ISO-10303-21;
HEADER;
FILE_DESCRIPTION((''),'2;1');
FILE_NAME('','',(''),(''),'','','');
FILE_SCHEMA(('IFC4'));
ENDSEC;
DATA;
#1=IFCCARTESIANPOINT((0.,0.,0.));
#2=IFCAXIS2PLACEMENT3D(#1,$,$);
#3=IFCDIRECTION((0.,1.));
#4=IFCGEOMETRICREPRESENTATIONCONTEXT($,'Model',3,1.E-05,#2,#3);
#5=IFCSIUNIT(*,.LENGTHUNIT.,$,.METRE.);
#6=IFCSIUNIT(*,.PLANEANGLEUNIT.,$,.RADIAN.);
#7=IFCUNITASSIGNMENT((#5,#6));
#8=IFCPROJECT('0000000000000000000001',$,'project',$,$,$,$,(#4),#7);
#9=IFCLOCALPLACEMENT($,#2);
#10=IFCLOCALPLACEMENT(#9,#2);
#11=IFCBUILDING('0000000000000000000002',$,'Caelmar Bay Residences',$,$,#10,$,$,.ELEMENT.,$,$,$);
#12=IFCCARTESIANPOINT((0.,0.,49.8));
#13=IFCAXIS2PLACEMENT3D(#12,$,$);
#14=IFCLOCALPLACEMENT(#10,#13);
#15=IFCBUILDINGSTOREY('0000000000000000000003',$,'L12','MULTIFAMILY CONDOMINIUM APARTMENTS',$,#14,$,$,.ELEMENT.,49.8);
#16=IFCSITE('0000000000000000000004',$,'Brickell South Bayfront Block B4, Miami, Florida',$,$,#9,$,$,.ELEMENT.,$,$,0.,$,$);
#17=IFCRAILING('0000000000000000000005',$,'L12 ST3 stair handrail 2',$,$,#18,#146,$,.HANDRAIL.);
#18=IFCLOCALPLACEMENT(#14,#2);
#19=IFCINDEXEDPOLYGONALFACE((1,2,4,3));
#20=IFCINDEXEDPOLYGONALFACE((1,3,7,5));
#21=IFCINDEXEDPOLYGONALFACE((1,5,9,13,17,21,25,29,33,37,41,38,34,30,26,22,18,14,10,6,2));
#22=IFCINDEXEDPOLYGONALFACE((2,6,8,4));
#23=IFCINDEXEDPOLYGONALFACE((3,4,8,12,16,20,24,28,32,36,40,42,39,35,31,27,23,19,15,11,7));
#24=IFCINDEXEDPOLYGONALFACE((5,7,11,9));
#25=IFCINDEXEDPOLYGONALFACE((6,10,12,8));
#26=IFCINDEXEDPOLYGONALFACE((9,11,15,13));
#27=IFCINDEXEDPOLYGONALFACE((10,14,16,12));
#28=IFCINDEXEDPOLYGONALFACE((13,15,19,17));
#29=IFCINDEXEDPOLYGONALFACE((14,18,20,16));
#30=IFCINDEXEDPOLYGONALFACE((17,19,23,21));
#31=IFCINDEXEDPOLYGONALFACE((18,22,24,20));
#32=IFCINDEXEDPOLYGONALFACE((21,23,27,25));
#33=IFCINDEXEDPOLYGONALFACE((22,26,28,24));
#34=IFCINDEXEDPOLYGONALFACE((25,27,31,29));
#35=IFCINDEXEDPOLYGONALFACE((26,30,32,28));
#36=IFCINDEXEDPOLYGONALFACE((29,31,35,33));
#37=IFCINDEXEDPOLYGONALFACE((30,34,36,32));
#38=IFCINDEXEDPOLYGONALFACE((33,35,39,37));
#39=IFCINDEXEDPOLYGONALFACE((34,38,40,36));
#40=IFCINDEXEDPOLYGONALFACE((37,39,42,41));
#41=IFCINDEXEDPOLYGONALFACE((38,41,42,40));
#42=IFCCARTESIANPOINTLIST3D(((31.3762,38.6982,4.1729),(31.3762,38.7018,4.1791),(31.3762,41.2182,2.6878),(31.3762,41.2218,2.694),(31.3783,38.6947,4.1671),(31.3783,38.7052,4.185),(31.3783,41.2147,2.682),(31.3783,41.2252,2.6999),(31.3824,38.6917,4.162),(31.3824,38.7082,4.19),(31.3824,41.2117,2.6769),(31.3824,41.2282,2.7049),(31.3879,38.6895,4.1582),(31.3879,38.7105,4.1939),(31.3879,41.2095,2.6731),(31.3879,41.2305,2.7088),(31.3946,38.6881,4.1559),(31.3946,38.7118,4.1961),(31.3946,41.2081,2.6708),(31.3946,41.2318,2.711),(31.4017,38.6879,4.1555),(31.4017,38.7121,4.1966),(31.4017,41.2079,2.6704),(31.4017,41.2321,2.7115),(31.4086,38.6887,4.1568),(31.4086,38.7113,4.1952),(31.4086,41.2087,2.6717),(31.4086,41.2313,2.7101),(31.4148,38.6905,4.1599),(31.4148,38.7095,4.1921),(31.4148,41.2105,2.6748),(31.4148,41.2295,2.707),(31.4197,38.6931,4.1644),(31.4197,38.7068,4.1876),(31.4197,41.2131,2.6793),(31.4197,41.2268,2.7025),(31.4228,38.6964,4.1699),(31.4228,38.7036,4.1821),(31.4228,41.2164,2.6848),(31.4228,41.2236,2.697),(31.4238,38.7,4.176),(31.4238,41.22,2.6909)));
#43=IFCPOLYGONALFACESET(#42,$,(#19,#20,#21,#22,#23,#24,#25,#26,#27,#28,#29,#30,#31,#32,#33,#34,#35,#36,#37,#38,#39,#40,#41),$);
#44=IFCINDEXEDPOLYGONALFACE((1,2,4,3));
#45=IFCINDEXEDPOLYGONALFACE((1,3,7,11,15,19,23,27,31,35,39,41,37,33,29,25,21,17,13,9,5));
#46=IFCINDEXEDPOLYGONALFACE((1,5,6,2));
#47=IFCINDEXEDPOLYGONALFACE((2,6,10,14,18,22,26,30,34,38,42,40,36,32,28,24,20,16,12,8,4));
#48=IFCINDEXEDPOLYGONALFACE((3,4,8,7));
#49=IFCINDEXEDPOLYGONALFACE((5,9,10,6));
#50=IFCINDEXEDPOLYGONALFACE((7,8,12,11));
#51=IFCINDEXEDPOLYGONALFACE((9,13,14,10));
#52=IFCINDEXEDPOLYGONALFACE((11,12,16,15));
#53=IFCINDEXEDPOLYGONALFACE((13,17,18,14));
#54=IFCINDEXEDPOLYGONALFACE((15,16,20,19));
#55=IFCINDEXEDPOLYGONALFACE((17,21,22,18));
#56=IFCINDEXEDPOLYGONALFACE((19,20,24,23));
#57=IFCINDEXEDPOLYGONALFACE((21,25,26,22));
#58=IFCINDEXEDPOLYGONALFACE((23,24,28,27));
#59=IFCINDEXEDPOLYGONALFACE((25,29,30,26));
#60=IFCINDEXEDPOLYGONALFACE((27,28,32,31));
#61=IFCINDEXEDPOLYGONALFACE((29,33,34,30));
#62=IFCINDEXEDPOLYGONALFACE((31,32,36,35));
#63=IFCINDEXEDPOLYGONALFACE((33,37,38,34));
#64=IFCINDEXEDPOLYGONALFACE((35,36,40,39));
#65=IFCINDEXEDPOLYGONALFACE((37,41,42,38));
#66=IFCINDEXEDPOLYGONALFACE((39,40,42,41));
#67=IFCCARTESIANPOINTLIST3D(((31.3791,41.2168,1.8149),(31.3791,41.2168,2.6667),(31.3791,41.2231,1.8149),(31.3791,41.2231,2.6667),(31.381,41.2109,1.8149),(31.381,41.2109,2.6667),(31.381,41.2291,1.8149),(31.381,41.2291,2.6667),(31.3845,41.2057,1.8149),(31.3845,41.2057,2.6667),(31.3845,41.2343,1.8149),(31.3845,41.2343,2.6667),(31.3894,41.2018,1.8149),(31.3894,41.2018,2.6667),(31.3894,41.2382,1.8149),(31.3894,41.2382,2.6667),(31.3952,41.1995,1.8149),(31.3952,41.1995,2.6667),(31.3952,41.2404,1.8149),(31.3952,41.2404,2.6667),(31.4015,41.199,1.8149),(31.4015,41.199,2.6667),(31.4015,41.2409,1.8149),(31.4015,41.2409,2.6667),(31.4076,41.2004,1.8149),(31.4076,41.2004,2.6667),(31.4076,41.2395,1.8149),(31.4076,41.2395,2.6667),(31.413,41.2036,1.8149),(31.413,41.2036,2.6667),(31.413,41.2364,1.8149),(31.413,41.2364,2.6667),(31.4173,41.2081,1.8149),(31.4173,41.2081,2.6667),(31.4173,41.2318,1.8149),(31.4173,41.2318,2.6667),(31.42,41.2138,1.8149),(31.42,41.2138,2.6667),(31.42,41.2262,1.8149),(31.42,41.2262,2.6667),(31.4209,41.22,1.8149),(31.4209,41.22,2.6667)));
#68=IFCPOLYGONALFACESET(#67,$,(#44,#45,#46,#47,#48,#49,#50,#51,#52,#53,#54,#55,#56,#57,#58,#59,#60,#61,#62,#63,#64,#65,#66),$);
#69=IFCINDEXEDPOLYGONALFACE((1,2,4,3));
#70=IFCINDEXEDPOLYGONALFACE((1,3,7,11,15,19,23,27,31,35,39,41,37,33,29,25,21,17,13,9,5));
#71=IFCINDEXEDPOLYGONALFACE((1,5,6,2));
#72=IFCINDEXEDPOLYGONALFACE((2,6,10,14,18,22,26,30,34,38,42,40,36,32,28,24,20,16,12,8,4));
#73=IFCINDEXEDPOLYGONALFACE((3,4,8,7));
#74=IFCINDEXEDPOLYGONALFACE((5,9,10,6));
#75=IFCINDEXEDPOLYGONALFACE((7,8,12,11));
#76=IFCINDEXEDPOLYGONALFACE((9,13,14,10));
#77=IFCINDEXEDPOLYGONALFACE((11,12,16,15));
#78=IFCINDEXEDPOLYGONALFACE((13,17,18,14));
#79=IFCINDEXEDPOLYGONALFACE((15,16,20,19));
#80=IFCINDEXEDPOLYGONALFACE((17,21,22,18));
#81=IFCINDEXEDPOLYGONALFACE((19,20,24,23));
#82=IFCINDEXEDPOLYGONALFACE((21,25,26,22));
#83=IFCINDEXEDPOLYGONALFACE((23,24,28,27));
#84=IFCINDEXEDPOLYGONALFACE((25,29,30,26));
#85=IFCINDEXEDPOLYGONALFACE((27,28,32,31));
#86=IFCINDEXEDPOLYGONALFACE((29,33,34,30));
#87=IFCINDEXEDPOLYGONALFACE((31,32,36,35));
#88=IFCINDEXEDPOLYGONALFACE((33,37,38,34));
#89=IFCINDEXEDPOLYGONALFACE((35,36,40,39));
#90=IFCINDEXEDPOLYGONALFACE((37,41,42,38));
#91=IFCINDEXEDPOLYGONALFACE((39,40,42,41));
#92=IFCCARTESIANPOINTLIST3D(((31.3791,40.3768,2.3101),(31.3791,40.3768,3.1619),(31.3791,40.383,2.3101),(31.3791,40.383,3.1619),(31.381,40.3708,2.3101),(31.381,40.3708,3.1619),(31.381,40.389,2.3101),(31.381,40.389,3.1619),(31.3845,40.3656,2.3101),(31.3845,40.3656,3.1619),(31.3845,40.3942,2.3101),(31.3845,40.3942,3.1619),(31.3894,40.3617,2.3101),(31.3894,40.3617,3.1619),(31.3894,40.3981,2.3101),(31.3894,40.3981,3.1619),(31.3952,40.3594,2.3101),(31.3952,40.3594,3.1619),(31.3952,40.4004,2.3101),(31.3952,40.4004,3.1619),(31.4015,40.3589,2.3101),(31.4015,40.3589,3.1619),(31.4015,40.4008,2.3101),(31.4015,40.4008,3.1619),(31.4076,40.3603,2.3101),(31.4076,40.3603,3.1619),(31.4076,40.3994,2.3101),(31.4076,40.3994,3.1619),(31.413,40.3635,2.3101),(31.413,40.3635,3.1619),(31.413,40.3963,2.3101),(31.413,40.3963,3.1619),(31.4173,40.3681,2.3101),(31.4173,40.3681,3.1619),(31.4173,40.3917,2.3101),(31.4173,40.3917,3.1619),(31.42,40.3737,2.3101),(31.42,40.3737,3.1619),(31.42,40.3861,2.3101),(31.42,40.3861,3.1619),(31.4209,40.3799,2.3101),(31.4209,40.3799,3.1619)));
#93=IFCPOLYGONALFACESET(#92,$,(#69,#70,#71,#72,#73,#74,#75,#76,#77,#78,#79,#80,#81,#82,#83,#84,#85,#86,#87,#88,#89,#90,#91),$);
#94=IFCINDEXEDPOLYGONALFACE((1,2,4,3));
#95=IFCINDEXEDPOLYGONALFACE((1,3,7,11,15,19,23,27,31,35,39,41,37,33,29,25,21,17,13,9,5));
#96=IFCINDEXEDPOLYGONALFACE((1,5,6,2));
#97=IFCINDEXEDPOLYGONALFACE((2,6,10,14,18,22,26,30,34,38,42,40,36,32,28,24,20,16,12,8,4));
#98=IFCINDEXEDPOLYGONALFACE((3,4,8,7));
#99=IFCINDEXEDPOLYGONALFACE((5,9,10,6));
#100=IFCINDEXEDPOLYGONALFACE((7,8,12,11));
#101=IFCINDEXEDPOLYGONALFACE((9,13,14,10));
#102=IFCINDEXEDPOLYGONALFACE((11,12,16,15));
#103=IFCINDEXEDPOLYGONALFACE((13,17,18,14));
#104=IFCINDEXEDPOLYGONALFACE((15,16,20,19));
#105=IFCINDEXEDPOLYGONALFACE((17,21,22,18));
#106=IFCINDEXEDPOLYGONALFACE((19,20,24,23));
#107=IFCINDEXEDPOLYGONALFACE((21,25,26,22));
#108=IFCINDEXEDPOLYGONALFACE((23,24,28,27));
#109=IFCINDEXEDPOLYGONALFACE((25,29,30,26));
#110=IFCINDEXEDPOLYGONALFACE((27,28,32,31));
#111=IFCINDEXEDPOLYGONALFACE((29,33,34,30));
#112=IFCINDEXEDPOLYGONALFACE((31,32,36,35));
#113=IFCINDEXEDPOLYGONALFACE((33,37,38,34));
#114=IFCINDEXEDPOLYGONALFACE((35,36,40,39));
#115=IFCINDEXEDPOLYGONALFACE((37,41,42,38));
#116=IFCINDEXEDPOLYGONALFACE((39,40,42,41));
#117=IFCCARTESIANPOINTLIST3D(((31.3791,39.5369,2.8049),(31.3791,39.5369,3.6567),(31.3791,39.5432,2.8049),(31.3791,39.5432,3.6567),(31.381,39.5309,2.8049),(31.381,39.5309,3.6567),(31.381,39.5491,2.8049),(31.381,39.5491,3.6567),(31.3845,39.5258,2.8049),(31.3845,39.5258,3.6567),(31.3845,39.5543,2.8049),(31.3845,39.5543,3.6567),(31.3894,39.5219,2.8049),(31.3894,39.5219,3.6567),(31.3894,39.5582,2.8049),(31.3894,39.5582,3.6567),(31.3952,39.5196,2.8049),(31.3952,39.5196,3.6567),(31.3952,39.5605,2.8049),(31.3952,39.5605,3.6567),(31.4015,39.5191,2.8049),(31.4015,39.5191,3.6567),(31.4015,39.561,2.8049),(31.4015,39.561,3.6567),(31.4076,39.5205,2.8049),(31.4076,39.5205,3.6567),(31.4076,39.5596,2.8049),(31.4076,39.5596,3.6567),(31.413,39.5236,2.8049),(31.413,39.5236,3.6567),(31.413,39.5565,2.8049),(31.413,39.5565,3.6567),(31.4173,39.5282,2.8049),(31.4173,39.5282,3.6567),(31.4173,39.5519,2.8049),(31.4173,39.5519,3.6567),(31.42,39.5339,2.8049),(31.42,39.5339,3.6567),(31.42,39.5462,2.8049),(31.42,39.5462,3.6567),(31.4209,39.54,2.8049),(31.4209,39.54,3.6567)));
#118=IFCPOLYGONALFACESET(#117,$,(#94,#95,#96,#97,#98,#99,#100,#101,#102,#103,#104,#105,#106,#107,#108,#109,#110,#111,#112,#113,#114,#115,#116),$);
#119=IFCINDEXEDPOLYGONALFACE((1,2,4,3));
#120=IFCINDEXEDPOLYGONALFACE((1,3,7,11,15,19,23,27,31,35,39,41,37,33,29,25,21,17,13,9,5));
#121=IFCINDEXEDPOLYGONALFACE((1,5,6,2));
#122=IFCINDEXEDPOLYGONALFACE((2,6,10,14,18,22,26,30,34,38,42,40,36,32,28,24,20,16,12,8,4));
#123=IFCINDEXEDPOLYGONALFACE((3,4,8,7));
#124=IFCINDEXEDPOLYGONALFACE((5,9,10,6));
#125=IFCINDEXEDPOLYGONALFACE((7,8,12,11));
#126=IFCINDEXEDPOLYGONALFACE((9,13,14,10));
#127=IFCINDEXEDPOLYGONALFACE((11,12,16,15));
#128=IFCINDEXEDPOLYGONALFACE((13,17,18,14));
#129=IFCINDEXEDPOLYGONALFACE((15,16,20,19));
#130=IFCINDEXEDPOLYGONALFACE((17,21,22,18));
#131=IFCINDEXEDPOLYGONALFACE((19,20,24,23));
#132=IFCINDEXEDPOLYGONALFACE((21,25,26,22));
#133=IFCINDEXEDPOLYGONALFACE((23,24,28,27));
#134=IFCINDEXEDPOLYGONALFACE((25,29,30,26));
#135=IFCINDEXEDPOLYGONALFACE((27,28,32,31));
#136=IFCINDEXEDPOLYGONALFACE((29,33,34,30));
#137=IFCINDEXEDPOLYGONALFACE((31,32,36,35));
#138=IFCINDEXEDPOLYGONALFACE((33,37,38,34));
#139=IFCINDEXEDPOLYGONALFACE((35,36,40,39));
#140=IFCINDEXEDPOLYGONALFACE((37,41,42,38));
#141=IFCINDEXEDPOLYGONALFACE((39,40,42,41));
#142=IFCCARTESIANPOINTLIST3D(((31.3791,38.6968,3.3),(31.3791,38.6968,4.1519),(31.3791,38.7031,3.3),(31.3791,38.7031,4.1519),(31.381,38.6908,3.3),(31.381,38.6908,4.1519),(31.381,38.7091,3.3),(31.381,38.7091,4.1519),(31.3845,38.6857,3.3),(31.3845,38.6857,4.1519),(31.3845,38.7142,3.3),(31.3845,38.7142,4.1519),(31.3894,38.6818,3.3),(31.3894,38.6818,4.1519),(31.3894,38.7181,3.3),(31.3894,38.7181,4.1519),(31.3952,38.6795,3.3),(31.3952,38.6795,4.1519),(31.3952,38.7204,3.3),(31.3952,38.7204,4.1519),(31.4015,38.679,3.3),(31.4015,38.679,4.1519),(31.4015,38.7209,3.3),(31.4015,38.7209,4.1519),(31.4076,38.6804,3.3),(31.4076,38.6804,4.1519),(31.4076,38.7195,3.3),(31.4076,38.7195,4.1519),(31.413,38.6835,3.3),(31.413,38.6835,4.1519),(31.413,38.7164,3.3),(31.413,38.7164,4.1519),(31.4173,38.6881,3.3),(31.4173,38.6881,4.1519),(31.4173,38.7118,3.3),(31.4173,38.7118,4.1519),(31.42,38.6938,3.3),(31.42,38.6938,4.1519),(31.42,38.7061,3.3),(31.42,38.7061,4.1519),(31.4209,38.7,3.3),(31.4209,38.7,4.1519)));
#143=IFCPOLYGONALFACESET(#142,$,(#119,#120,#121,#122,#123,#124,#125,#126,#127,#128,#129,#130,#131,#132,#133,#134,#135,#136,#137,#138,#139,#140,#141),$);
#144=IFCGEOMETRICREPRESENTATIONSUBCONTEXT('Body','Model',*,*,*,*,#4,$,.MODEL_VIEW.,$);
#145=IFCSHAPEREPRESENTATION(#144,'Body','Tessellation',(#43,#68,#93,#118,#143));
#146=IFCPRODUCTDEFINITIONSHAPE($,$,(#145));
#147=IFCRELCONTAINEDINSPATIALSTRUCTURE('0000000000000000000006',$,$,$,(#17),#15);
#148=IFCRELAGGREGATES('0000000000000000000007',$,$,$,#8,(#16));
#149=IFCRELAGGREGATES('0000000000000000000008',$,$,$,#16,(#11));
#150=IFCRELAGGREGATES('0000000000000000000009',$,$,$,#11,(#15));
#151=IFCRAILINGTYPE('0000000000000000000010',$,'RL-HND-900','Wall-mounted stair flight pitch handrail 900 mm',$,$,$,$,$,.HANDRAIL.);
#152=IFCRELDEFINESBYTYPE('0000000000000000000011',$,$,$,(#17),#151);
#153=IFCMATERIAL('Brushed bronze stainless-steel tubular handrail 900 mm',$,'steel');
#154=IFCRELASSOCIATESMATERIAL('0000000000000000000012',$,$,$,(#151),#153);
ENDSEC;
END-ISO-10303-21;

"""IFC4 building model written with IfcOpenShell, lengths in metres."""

from ifc_helpers import new_model, si_unit, direction, frame, origin, origin_2d, place, context, subcontext, project, spatial, circle, extrude, material, type_object, element, save


model = new_model("IFC4")

# Units and contexts
model_context = context("Model", 3, precision=1e-05, world=origin(), true_north=direction((0.0, 1.0)))
body_context = subcontext(model_context, "Body", "Model", "MODEL_VIEW")
ifc_project = project(units=[si_unit("LENGTHUNIT", "METRE"), si_unit("PLANEANGLEUNIT", "RADIAN")], contexts=[model_context])

# Site, building, storey
site_placement = place(None, origin())
site = spatial("IfcSite", under=ifc_project, at=site_placement, Name="Brickell South Bayfront Block B4, Miami, Florida", CompositionType="ELEMENT", RefElevation=0.0)
building_placement = place(site_placement, origin())
building = spatial("IfcBuilding", under=site, at=building_placement, Name="Caelmar Bay Residences", CompositionType="ELEMENT")
storey_placement = place(building_placement, frame((0.0, 0.0, 49.8)))
storey = spatial("IfcBuildingStorey", under=building, at=storey_placement, Name="L12", Description="MULTIFAMILY CONDOMINIUM APARTMENTS", CompositionType="ELEMENT", Elevation=49.8)

# Railing
ifc_material_1 = material(Name="Brushed bronze stainless-steel tubular handrail 900 mm", Category="steel")
railing_type_1 = type_object("IfcRailingType", Name="RL-HND-900", Description="Wall-mounted stair flight pitch handrail 900 mm", PredefinedType="HANDRAIL", material=ifc_material_1)
for number, where, name in (
    (1, (31.3999, 41.22, 1.8149), "L12 ST3 stair handrail 2"),
):
    element("IfcRailing", number, at=place(storey_placement, frame(where)), inside=storey, type_object=railing_type_1, Name=name, PredefinedType="HANDRAIL", context=body_context, shape_type="SweptSolid", body=[
        extrude(circle(Radius=0.0239, at=origin_2d()), frame((0.0, 0.0, 0.876), z_axis=(0.0, -0.861524, 0.507717), x_axis=(1.0, 0.0, 0.0)), (0.0, 0.0, 1.0), 2.925),
        extrude(circle(Radius=0.021, at=origin_2d()), origin(), (0.0, 0.0, 1.0), 0.8518),
        extrude(circle(Radius=0.021, at=origin_2d()), frame((0.0, -0.8401, 0.4951)), (0.0, 0.0, 1.0), 0.8518),
        extrude(circle(Radius=0.021, at=origin_2d()), frame((0.0, -1.6799, 0.99)), (0.0, 0.0, 1.0), 0.8518),
        extrude(circle(Radius=0.021, at=origin_2d()), frame((0.0, -2.52, 1.4851)), (0.0, 0.0, 1.0), 0.8518),
    ])

save(model, "model.ifc")
